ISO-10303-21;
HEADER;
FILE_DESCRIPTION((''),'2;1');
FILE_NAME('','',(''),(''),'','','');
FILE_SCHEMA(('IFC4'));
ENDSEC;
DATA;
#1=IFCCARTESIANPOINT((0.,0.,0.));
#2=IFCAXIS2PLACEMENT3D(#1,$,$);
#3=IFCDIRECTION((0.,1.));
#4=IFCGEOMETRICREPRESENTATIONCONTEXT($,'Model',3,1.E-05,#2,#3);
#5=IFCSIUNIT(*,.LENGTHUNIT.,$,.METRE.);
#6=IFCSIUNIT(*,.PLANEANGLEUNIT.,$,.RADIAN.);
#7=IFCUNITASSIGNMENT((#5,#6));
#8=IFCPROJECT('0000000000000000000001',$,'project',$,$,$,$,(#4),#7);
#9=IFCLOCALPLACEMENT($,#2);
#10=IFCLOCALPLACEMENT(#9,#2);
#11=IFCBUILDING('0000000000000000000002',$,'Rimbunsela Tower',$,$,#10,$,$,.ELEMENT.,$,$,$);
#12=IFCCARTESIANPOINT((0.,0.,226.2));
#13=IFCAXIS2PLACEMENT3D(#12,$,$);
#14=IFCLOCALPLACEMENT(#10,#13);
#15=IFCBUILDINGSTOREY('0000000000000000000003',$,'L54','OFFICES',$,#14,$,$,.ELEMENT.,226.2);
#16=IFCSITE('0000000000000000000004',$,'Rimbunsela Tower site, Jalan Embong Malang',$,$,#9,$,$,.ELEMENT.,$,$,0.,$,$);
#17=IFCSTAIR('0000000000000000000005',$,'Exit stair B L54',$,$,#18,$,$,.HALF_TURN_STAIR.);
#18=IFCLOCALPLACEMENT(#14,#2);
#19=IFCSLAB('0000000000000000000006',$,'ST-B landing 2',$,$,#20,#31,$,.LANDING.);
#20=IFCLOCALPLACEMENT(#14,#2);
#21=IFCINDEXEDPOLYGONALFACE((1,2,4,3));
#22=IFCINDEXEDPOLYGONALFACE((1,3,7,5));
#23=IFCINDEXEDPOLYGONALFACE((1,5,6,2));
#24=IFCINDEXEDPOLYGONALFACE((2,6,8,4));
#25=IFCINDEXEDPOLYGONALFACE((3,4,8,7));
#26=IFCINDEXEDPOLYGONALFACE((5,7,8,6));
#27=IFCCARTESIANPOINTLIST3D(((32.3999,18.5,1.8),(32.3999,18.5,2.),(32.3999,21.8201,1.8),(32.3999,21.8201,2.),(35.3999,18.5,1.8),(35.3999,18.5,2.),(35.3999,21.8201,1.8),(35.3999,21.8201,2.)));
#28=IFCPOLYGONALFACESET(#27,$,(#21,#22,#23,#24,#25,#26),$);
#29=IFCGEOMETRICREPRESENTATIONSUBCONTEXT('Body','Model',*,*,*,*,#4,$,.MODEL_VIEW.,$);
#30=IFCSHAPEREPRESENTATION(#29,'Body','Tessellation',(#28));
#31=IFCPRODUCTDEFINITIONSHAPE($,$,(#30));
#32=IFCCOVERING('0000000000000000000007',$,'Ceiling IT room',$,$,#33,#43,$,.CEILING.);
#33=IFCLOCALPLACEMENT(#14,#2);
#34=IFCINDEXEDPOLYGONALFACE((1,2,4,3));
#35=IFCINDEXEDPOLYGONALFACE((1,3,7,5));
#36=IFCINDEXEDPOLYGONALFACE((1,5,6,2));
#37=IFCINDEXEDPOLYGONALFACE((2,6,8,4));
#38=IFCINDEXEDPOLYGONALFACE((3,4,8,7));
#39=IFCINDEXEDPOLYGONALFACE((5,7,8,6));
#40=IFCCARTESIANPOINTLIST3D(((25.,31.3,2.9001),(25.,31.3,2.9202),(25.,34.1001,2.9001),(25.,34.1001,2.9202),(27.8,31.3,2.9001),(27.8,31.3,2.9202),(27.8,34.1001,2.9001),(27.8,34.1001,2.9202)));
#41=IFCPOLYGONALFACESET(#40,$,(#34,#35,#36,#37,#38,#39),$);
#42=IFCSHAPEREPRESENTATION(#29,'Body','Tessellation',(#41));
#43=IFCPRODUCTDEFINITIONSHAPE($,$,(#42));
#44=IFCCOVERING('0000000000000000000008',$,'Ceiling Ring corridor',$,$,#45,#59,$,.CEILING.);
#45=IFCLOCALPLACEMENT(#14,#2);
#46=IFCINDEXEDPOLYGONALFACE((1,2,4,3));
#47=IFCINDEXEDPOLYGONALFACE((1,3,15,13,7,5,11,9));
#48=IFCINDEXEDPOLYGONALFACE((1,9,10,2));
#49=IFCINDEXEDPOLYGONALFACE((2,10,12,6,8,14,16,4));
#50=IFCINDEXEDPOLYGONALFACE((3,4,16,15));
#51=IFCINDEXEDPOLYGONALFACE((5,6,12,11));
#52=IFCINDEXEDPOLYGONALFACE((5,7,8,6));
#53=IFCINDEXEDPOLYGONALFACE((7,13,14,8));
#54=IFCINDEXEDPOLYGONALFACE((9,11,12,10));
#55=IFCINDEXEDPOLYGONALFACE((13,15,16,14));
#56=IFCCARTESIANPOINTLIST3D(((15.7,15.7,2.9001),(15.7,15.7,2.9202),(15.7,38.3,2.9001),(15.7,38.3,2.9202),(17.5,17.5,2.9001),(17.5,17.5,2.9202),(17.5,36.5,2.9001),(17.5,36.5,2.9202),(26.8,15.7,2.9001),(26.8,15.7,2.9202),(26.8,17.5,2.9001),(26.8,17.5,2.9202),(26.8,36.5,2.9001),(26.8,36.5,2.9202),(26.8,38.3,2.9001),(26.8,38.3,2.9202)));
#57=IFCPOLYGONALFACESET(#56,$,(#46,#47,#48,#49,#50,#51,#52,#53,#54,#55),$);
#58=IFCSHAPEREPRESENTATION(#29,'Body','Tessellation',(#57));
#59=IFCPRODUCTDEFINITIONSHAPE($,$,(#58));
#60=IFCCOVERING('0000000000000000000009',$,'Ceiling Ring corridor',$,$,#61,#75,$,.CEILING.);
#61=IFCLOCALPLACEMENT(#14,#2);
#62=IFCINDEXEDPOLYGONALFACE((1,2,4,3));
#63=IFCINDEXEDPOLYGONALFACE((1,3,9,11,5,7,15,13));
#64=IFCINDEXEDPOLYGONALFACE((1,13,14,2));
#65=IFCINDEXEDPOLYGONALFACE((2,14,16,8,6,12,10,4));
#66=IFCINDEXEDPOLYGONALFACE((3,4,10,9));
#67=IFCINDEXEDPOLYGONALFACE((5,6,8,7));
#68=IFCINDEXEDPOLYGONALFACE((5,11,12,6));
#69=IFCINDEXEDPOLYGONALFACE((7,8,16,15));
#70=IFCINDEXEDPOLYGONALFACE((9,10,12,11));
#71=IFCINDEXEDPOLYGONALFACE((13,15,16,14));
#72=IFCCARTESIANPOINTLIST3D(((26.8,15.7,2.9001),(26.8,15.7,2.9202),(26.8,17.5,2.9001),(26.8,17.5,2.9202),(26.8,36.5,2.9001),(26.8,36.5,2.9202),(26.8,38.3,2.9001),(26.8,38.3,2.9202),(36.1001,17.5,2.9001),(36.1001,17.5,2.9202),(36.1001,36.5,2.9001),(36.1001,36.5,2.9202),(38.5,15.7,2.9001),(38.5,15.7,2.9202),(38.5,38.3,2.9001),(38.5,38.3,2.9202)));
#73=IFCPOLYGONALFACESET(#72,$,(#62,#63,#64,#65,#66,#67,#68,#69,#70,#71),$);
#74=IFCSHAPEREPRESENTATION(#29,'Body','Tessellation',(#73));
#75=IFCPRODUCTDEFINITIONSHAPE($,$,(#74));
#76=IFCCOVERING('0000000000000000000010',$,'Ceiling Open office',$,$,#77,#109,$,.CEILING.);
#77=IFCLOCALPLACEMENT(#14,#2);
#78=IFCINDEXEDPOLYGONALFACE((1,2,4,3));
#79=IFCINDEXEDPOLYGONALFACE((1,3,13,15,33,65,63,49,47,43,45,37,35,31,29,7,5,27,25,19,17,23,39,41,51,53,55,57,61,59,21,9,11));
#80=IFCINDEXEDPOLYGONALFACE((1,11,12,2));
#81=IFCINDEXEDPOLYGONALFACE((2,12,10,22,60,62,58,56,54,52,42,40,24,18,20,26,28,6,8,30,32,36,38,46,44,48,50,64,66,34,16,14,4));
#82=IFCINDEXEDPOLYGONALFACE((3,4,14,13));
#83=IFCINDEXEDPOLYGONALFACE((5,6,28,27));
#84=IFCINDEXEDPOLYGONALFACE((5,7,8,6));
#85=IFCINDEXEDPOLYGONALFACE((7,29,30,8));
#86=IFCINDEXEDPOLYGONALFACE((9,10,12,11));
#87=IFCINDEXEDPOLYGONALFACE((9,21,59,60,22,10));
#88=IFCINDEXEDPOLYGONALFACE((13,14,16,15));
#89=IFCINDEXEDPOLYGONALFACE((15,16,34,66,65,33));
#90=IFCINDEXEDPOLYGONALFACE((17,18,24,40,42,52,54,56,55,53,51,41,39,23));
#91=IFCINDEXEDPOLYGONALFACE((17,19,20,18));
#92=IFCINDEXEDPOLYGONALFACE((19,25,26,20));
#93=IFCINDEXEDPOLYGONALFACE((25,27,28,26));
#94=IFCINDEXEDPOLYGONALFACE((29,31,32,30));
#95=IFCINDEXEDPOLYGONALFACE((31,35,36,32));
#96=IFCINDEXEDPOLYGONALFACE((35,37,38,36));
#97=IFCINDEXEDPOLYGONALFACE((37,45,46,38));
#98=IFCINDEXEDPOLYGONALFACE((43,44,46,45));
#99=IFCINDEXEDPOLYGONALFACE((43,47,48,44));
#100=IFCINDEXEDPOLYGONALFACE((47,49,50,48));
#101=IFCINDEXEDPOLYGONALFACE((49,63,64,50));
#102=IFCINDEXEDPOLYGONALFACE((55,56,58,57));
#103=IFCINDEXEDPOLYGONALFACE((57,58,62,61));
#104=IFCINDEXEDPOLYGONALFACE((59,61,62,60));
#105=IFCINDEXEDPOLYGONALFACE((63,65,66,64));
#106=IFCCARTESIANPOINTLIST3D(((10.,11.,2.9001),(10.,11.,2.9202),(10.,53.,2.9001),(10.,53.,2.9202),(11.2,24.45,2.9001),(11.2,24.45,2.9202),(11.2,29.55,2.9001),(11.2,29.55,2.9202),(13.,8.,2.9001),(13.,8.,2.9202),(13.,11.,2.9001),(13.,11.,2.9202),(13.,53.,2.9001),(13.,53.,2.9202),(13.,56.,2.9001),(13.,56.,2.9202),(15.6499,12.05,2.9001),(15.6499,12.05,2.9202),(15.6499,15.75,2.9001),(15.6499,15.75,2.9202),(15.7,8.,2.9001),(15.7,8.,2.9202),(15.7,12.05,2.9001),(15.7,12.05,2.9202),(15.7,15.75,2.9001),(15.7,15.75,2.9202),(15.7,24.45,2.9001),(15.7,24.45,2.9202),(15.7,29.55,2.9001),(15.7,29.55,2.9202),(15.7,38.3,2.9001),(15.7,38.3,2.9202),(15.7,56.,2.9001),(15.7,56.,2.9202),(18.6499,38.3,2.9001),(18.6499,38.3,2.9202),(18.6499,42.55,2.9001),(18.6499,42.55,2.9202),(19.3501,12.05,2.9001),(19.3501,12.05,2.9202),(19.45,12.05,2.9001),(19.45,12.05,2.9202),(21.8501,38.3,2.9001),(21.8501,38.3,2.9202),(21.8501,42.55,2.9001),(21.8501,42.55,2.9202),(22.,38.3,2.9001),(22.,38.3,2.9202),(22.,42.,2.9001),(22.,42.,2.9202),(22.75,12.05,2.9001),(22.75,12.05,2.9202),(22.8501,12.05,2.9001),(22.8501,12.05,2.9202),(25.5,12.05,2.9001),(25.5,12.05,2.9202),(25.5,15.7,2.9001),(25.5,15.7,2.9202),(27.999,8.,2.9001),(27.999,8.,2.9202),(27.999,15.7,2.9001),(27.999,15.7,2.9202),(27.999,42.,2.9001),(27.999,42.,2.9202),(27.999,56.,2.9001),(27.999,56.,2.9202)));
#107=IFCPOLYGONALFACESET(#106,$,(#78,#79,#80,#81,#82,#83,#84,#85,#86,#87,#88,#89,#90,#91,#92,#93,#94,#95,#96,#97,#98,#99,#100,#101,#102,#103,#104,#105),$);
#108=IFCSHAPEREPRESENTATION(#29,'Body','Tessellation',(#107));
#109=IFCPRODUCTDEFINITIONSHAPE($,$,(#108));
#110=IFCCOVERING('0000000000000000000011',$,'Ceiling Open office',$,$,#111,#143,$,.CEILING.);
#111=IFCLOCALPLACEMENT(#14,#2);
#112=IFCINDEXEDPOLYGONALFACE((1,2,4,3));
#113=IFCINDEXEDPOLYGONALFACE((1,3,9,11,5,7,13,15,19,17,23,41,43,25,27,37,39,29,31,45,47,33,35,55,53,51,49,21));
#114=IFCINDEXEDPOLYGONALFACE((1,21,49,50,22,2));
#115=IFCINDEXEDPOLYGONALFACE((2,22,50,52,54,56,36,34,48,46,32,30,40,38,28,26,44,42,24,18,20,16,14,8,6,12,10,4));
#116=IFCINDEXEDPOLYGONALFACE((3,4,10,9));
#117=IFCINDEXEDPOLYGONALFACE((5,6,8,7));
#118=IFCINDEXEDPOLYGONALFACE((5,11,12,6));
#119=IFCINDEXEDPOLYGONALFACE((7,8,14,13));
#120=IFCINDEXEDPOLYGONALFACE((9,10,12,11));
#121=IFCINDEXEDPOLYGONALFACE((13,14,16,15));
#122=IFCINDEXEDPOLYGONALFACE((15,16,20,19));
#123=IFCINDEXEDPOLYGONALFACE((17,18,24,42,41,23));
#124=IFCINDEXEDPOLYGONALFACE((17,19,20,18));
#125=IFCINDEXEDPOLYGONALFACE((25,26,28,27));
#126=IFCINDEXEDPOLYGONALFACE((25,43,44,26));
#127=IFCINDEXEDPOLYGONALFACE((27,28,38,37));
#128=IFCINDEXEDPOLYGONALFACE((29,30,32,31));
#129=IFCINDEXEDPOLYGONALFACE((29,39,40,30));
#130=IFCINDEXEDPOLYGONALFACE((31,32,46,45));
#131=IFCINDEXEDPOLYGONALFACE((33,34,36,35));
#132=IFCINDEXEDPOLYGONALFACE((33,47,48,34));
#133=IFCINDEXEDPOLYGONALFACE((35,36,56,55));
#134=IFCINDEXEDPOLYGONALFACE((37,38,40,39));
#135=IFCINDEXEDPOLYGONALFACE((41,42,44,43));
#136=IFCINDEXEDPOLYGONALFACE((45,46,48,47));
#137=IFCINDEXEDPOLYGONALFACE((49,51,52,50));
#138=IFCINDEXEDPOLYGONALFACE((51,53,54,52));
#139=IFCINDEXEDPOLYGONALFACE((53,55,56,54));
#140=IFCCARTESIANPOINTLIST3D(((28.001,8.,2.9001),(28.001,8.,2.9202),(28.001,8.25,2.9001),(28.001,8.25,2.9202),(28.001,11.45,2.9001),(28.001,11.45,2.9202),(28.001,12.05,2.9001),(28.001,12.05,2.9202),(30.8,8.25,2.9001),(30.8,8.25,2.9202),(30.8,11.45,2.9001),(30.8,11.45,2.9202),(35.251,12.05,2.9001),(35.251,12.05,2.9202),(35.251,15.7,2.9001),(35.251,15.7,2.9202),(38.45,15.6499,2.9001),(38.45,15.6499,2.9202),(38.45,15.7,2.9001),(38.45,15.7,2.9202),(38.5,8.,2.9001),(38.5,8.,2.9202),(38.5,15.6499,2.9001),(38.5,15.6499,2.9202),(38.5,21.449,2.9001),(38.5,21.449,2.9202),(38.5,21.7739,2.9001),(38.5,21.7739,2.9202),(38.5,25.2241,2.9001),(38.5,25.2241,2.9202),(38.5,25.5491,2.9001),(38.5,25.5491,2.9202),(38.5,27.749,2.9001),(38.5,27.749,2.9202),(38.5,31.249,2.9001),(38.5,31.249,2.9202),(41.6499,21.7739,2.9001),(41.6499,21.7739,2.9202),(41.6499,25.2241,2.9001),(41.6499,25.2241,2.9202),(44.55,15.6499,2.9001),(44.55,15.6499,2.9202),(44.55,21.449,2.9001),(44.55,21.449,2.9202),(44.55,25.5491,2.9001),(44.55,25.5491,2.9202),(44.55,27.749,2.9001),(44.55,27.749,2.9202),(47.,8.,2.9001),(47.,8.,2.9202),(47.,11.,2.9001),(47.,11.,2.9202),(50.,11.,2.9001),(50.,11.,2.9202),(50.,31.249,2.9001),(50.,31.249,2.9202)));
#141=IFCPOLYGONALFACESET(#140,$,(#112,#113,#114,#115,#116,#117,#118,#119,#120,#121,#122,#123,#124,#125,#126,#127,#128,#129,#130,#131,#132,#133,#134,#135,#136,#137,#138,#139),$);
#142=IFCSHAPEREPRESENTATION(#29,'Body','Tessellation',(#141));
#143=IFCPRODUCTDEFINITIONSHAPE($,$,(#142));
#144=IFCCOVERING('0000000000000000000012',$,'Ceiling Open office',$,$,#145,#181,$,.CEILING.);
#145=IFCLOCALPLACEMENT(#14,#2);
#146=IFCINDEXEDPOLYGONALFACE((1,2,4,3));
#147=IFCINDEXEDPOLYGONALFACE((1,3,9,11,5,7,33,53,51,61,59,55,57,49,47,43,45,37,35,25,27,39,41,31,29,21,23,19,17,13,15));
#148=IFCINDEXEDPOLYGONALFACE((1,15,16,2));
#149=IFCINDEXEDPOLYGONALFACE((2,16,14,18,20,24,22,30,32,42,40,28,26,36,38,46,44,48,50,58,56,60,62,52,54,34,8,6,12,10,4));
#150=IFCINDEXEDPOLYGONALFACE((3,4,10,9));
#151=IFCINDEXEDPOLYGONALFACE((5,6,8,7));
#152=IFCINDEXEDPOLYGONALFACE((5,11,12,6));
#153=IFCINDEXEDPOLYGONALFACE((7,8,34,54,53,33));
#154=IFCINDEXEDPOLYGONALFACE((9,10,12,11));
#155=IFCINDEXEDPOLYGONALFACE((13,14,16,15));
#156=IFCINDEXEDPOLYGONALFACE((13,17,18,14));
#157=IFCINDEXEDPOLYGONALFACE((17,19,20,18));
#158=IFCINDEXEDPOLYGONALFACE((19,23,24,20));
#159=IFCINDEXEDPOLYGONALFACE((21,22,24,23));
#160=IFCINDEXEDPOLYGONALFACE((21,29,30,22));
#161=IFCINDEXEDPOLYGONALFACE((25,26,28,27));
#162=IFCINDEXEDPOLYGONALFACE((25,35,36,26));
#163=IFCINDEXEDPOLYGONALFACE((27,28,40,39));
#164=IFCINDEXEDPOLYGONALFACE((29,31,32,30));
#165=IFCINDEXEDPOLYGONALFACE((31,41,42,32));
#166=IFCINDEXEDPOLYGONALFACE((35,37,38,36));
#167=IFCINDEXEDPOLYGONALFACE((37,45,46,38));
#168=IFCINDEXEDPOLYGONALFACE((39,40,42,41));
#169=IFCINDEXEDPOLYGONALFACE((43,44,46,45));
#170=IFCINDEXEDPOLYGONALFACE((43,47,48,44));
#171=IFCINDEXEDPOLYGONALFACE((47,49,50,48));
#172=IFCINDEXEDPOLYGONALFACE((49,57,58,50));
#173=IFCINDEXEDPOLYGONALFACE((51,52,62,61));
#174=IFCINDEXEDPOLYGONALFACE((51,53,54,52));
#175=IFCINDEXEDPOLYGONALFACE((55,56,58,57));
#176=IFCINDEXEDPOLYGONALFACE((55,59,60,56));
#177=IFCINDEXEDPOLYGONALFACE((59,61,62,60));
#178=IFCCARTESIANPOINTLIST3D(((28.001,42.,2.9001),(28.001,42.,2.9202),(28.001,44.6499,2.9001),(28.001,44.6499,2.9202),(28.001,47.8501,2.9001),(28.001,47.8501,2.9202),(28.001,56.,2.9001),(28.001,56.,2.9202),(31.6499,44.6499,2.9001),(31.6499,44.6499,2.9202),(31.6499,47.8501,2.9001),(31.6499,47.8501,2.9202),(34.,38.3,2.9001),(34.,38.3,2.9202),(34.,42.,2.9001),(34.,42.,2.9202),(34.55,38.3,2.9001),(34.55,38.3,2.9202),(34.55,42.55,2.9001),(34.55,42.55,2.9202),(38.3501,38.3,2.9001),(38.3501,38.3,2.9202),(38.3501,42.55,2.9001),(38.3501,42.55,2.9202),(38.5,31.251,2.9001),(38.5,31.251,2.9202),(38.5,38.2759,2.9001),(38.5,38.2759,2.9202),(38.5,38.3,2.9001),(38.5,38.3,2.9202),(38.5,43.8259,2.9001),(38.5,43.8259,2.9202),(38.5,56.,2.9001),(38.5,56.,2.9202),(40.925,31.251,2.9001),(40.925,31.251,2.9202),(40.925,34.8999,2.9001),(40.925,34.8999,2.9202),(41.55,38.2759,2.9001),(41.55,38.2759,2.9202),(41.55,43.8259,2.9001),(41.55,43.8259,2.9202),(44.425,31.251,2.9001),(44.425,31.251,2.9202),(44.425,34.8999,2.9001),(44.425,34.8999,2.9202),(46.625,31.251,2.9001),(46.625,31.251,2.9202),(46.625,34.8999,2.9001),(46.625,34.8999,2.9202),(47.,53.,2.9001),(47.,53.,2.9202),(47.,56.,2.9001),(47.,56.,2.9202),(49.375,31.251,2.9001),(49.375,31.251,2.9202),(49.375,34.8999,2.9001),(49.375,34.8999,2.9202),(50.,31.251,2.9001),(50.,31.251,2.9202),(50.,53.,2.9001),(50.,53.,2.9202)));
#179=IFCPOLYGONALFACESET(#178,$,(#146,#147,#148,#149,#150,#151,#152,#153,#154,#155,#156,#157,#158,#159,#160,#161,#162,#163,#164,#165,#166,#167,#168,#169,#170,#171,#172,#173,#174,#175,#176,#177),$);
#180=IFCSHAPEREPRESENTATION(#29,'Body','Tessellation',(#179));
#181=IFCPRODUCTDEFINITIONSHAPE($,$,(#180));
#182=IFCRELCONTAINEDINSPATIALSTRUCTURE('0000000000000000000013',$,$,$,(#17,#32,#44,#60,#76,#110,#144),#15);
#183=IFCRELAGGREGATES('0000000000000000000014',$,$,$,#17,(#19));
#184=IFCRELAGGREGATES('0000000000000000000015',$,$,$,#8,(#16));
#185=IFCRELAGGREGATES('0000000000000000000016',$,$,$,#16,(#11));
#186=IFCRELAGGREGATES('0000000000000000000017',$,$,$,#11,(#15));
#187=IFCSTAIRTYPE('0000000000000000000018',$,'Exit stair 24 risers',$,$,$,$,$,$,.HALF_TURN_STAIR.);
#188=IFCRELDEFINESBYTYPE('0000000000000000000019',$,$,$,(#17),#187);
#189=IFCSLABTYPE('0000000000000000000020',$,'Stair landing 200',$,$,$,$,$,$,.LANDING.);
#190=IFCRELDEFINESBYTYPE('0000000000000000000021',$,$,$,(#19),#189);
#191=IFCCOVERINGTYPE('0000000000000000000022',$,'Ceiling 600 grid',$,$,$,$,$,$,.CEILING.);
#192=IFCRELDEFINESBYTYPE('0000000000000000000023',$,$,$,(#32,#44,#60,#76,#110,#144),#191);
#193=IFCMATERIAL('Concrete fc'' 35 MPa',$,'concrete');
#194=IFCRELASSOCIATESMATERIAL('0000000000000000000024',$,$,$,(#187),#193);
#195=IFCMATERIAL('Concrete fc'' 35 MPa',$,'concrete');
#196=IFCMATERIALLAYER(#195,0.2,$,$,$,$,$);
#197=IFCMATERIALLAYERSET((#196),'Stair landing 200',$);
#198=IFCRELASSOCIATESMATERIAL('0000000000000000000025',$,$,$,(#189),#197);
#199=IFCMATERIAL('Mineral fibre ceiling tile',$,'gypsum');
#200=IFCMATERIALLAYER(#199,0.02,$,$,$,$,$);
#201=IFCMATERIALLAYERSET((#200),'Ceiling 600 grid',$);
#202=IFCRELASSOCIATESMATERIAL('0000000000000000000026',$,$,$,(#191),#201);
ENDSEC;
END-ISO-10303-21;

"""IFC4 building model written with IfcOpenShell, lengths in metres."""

from ifc_helpers import new_model, si_unit, direction, frame, origin, place, context, subcontext, project, spatial, polyline, outline, extrude, material, layer, layer_set, type_object, element, aggregate, save


model = new_model("IFC4")

# Units and contexts
model_context = context("Model", 3, precision=1e-05, world=origin(), true_north=direction((0.0, 1.0)))
body_context = subcontext(model_context, "Body", "Model", "MODEL_VIEW")
ifc_project = project(units=[si_unit("LENGTHUNIT", "METRE"), si_unit("PLANEANGLEUNIT", "RADIAN")], contexts=[model_context])

# Site, building, storey
site_placement = place(None, origin())
site = spatial("IfcSite", under=ifc_project, at=site_placement, Name="Rimbunsela Tower site, Jalan Embong Malang", CompositionType="ELEMENT", RefElevation=0.0)
building_placement = place(site_placement, origin())
building = spatial("IfcBuilding", under=site, at=building_placement, Name="Rimbunsela Tower", CompositionType="ELEMENT")
storey_placement = place(building_placement, frame((0.0, 0.0, 226.2)))
storey = spatial("IfcBuildingStorey", under=building, at=storey_placement, Name="L54", Description="OFFICES", CompositionType="ELEMENT", Elevation=226.2)

# Stair, slab
ifc_material_1 = material(Name="Concrete fc' 35 MPa", Category="concrete")
stair_type = type_object("IfcStairType", Name="Exit stair 24 risers", PredefinedType="HALF_TURN_STAIR", material=ifc_material_1)
stair_placement = place(storey_placement, origin())
stair = element("IfcStair", 1, at=stair_placement, inside=storey, type_object=stair_type, Name="Exit stair B L54", PredefinedType="HALF_TURN_STAIR")
ifc_material_2 = material(Name="Concrete fc' 35 MPa", Category="concrete")
ifc_layer_1 = layer(ifc_material_2, 0.2)
ifc_layer_set_1 = layer_set([ifc_layer_1], Name="Stair landing 200")
slab_type = type_object("IfcSlabType", Name="Stair landing 200", PredefinedType="LANDING", material=ifc_layer_set_1)
slab_placement = place(storey_placement, frame((0.0, 0.0, 1.8)))
slab = element("IfcSlab", 2, at=slab_placement, type_object=slab_type, Name="ST-B landing 2", PredefinedType="LANDING", context=body_context, shape_type="SweptSolid", body=[
    extrude(outline(polyline([(32.3999, 18.5), (35.3999, 18.5), (35.3999, 21.8201), (32.3999, 21.8201), (32.3999, 18.5)])), origin(), (0.0, 0.0, 1.0), 0.2),
])
aggregate(stair, [slab])

# Coverings
ifc_material_3 = material(Name="Mineral fibre ceiling tile", Category="gypsum")
ifc_layer_2 = layer(ifc_material_3, 0.02)
ifc_layer_set_2 = layer_set([ifc_layer_2], Name="Ceiling 600 grid")
covering_type_1 = type_object("IfcCoveringType", Name="Ceiling 600 grid", PredefinedType="CEILING", material=ifc_layer_set_2)
covering_1_placement = place(storey_placement, frame((0.0, 0.0, 2.9001)))
element("IfcCovering", 3, at=covering_1_placement, inside=storey, type_object=covering_type_1, Name="Ceiling IT room", PredefinedType="CEILING", context=body_context, shape_type="SweptSolid", body=[
    extrude(outline(polyline([(27.8, 31.3), (27.8, 34.1001), (25.0, 34.1001), (25.0, 31.3), (27.8, 31.3)])), origin(), (0.0, 0.0, 1.0), 0.02),
])
covering_2_placement = place(storey_placement, frame((0.0, 0.0, 2.9001)))
element("IfcCovering", 4, at=covering_2_placement, inside=storey, type_object=covering_type_1, Name="Ceiling Ring corridor", PredefinedType="CEILING", context=body_context, shape_type="SweptSolid", body=[
    extrude(outline(polyline([(15.7, 38.3), (26.8, 38.3), (26.8, 36.5), (17.5, 36.5), (17.5, 17.5), (26.8, 17.5), (26.8, 15.7), (15.7, 15.7), (15.7, 38.3)])), origin(), (0.0, 0.0, 1.0), 0.02),
])
covering_3_placement = place(storey_placement, frame((0.0, 0.0, 2.9001)))
element("IfcCovering", 5, at=covering_3_placement, inside=storey, type_object=covering_type_1, Name="Ceiling Ring corridor", PredefinedType="CEILING", context=body_context, shape_type="SweptSolid", body=[
    extrude(outline(polyline([(38.5, 38.3), (38.5, 15.7), (26.8, 15.7), (26.8, 17.5), (36.1001, 17.5), (36.1001, 36.5), (26.8, 36.5), (26.8, 38.3), (38.5, 38.3)])), origin(), (0.0, 0.0, 1.0), 0.02),
])
covering_4_placement = place(storey_placement, frame((0.0, 0.0, 2.9001)))
element("IfcCovering", 6, at=covering_4_placement, inside=storey, type_object=covering_type_1, Name="Ceiling Open office", PredefinedType="CEILING", context=body_context, shape_type="SweptSolid", body=[
    extrude(outline(polyline([(19.45, 12.05), (22.75, 12.05), (22.8501, 12.05), (25.5, 12.05), (25.5, 15.7), (27.999, 15.7), (27.999, 8.0), (15.7, 8.0), (13.0, 8.0), (13.0, 11.0), (10.0, 11.0), (10.0, 53.0), (13.0, 53.0), (13.0, 56.0), (15.7, 56.0), (27.999, 56.0), (27.999, 42.0), (22.0, 42.0), (22.0, 38.3), (21.8501, 38.3), (21.8501, 42.55), (18.6499, 42.55), (18.6499, 38.3), (15.7, 38.3), (15.7, 29.55), (11.2, 29.55), (11.2, 24.45), (15.7, 24.45), (15.7, 15.75), (15.6499, 15.75), (15.6499, 12.05), (15.7, 12.05), (19.3501, 12.05), (19.45, 12.05)])), origin(), (0.0, 0.0, 1.0), 0.02),
])
covering_5_placement = place(storey_placement, frame((0.0, 0.0, 2.9001)))
element("IfcCovering", 7, at=covering_5_placement, inside=storey, type_object=covering_type_1, Name="Ceiling Open office", PredefinedType="CEILING", context=body_context, shape_type="SweptSolid", body=[
    extrude(outline(polyline([(28.001, 8.25), (30.8, 8.25), (30.8, 11.45), (28.001, 11.45), (28.001, 12.05), (35.251, 12.05), (35.251, 15.7), (38.45, 15.7), (38.45, 15.6499), (38.5, 15.6499), (44.55, 15.6499), (44.55, 21.449), (38.5, 21.449), (38.5, 21.7739), (41.6499, 21.7739), (41.6499, 25.2241), (38.5, 25.2241), (38.5, 25.5491), (44.55, 25.5491), (44.55, 27.749), (38.5, 27.749), (38.5, 31.249), (50.0, 31.249), (50.0, 11.0), (47.0, 11.0), (47.0, 8.0), (38.5, 8.0), (28.001, 8.0), (28.001, 8.25)])), origin(), (0.0, 0.0, 1.0), 0.02),
])
covering_6_placement = place(storey_placement, frame((0.0, 0.0, 2.9001)))
element("IfcCovering", 8, at=covering_6_placement, inside=storey, type_object=covering_type_1, Name="Ceiling Open office", PredefinedType="CEILING", context=body_context, shape_type="SweptSolid", body=[
    extrude(outline(polyline([(38.5, 38.3), (38.3501, 38.3), (38.3501, 42.55), (34.55, 42.55), (34.55, 38.3), (34.0, 38.3), (34.0, 42.0), (28.001, 42.0), (28.001, 44.6499), (31.6499, 44.6499), (31.6499, 47.8501), (28.001, 47.8501), (28.001, 56.0), (38.5, 56.0), (47.0, 56.0), (47.0, 53.0), (50.0, 53.0), (50.0, 31.251), (49.375, 31.251), (49.375, 34.8999), (46.625, 34.8999), (46.625, 31.251), (44.425, 31.251), (44.425, 34.8999), (40.925, 34.8999), (40.925, 31.251), (38.5, 31.251), (38.5, 38.2759), (41.55, 38.2759), (41.55, 43.8259), (38.5, 43.8259), (38.5, 38.3)])), origin(), (0.0, 0.0, 1.0), 0.02),
])

save(model, "model.ifc")
